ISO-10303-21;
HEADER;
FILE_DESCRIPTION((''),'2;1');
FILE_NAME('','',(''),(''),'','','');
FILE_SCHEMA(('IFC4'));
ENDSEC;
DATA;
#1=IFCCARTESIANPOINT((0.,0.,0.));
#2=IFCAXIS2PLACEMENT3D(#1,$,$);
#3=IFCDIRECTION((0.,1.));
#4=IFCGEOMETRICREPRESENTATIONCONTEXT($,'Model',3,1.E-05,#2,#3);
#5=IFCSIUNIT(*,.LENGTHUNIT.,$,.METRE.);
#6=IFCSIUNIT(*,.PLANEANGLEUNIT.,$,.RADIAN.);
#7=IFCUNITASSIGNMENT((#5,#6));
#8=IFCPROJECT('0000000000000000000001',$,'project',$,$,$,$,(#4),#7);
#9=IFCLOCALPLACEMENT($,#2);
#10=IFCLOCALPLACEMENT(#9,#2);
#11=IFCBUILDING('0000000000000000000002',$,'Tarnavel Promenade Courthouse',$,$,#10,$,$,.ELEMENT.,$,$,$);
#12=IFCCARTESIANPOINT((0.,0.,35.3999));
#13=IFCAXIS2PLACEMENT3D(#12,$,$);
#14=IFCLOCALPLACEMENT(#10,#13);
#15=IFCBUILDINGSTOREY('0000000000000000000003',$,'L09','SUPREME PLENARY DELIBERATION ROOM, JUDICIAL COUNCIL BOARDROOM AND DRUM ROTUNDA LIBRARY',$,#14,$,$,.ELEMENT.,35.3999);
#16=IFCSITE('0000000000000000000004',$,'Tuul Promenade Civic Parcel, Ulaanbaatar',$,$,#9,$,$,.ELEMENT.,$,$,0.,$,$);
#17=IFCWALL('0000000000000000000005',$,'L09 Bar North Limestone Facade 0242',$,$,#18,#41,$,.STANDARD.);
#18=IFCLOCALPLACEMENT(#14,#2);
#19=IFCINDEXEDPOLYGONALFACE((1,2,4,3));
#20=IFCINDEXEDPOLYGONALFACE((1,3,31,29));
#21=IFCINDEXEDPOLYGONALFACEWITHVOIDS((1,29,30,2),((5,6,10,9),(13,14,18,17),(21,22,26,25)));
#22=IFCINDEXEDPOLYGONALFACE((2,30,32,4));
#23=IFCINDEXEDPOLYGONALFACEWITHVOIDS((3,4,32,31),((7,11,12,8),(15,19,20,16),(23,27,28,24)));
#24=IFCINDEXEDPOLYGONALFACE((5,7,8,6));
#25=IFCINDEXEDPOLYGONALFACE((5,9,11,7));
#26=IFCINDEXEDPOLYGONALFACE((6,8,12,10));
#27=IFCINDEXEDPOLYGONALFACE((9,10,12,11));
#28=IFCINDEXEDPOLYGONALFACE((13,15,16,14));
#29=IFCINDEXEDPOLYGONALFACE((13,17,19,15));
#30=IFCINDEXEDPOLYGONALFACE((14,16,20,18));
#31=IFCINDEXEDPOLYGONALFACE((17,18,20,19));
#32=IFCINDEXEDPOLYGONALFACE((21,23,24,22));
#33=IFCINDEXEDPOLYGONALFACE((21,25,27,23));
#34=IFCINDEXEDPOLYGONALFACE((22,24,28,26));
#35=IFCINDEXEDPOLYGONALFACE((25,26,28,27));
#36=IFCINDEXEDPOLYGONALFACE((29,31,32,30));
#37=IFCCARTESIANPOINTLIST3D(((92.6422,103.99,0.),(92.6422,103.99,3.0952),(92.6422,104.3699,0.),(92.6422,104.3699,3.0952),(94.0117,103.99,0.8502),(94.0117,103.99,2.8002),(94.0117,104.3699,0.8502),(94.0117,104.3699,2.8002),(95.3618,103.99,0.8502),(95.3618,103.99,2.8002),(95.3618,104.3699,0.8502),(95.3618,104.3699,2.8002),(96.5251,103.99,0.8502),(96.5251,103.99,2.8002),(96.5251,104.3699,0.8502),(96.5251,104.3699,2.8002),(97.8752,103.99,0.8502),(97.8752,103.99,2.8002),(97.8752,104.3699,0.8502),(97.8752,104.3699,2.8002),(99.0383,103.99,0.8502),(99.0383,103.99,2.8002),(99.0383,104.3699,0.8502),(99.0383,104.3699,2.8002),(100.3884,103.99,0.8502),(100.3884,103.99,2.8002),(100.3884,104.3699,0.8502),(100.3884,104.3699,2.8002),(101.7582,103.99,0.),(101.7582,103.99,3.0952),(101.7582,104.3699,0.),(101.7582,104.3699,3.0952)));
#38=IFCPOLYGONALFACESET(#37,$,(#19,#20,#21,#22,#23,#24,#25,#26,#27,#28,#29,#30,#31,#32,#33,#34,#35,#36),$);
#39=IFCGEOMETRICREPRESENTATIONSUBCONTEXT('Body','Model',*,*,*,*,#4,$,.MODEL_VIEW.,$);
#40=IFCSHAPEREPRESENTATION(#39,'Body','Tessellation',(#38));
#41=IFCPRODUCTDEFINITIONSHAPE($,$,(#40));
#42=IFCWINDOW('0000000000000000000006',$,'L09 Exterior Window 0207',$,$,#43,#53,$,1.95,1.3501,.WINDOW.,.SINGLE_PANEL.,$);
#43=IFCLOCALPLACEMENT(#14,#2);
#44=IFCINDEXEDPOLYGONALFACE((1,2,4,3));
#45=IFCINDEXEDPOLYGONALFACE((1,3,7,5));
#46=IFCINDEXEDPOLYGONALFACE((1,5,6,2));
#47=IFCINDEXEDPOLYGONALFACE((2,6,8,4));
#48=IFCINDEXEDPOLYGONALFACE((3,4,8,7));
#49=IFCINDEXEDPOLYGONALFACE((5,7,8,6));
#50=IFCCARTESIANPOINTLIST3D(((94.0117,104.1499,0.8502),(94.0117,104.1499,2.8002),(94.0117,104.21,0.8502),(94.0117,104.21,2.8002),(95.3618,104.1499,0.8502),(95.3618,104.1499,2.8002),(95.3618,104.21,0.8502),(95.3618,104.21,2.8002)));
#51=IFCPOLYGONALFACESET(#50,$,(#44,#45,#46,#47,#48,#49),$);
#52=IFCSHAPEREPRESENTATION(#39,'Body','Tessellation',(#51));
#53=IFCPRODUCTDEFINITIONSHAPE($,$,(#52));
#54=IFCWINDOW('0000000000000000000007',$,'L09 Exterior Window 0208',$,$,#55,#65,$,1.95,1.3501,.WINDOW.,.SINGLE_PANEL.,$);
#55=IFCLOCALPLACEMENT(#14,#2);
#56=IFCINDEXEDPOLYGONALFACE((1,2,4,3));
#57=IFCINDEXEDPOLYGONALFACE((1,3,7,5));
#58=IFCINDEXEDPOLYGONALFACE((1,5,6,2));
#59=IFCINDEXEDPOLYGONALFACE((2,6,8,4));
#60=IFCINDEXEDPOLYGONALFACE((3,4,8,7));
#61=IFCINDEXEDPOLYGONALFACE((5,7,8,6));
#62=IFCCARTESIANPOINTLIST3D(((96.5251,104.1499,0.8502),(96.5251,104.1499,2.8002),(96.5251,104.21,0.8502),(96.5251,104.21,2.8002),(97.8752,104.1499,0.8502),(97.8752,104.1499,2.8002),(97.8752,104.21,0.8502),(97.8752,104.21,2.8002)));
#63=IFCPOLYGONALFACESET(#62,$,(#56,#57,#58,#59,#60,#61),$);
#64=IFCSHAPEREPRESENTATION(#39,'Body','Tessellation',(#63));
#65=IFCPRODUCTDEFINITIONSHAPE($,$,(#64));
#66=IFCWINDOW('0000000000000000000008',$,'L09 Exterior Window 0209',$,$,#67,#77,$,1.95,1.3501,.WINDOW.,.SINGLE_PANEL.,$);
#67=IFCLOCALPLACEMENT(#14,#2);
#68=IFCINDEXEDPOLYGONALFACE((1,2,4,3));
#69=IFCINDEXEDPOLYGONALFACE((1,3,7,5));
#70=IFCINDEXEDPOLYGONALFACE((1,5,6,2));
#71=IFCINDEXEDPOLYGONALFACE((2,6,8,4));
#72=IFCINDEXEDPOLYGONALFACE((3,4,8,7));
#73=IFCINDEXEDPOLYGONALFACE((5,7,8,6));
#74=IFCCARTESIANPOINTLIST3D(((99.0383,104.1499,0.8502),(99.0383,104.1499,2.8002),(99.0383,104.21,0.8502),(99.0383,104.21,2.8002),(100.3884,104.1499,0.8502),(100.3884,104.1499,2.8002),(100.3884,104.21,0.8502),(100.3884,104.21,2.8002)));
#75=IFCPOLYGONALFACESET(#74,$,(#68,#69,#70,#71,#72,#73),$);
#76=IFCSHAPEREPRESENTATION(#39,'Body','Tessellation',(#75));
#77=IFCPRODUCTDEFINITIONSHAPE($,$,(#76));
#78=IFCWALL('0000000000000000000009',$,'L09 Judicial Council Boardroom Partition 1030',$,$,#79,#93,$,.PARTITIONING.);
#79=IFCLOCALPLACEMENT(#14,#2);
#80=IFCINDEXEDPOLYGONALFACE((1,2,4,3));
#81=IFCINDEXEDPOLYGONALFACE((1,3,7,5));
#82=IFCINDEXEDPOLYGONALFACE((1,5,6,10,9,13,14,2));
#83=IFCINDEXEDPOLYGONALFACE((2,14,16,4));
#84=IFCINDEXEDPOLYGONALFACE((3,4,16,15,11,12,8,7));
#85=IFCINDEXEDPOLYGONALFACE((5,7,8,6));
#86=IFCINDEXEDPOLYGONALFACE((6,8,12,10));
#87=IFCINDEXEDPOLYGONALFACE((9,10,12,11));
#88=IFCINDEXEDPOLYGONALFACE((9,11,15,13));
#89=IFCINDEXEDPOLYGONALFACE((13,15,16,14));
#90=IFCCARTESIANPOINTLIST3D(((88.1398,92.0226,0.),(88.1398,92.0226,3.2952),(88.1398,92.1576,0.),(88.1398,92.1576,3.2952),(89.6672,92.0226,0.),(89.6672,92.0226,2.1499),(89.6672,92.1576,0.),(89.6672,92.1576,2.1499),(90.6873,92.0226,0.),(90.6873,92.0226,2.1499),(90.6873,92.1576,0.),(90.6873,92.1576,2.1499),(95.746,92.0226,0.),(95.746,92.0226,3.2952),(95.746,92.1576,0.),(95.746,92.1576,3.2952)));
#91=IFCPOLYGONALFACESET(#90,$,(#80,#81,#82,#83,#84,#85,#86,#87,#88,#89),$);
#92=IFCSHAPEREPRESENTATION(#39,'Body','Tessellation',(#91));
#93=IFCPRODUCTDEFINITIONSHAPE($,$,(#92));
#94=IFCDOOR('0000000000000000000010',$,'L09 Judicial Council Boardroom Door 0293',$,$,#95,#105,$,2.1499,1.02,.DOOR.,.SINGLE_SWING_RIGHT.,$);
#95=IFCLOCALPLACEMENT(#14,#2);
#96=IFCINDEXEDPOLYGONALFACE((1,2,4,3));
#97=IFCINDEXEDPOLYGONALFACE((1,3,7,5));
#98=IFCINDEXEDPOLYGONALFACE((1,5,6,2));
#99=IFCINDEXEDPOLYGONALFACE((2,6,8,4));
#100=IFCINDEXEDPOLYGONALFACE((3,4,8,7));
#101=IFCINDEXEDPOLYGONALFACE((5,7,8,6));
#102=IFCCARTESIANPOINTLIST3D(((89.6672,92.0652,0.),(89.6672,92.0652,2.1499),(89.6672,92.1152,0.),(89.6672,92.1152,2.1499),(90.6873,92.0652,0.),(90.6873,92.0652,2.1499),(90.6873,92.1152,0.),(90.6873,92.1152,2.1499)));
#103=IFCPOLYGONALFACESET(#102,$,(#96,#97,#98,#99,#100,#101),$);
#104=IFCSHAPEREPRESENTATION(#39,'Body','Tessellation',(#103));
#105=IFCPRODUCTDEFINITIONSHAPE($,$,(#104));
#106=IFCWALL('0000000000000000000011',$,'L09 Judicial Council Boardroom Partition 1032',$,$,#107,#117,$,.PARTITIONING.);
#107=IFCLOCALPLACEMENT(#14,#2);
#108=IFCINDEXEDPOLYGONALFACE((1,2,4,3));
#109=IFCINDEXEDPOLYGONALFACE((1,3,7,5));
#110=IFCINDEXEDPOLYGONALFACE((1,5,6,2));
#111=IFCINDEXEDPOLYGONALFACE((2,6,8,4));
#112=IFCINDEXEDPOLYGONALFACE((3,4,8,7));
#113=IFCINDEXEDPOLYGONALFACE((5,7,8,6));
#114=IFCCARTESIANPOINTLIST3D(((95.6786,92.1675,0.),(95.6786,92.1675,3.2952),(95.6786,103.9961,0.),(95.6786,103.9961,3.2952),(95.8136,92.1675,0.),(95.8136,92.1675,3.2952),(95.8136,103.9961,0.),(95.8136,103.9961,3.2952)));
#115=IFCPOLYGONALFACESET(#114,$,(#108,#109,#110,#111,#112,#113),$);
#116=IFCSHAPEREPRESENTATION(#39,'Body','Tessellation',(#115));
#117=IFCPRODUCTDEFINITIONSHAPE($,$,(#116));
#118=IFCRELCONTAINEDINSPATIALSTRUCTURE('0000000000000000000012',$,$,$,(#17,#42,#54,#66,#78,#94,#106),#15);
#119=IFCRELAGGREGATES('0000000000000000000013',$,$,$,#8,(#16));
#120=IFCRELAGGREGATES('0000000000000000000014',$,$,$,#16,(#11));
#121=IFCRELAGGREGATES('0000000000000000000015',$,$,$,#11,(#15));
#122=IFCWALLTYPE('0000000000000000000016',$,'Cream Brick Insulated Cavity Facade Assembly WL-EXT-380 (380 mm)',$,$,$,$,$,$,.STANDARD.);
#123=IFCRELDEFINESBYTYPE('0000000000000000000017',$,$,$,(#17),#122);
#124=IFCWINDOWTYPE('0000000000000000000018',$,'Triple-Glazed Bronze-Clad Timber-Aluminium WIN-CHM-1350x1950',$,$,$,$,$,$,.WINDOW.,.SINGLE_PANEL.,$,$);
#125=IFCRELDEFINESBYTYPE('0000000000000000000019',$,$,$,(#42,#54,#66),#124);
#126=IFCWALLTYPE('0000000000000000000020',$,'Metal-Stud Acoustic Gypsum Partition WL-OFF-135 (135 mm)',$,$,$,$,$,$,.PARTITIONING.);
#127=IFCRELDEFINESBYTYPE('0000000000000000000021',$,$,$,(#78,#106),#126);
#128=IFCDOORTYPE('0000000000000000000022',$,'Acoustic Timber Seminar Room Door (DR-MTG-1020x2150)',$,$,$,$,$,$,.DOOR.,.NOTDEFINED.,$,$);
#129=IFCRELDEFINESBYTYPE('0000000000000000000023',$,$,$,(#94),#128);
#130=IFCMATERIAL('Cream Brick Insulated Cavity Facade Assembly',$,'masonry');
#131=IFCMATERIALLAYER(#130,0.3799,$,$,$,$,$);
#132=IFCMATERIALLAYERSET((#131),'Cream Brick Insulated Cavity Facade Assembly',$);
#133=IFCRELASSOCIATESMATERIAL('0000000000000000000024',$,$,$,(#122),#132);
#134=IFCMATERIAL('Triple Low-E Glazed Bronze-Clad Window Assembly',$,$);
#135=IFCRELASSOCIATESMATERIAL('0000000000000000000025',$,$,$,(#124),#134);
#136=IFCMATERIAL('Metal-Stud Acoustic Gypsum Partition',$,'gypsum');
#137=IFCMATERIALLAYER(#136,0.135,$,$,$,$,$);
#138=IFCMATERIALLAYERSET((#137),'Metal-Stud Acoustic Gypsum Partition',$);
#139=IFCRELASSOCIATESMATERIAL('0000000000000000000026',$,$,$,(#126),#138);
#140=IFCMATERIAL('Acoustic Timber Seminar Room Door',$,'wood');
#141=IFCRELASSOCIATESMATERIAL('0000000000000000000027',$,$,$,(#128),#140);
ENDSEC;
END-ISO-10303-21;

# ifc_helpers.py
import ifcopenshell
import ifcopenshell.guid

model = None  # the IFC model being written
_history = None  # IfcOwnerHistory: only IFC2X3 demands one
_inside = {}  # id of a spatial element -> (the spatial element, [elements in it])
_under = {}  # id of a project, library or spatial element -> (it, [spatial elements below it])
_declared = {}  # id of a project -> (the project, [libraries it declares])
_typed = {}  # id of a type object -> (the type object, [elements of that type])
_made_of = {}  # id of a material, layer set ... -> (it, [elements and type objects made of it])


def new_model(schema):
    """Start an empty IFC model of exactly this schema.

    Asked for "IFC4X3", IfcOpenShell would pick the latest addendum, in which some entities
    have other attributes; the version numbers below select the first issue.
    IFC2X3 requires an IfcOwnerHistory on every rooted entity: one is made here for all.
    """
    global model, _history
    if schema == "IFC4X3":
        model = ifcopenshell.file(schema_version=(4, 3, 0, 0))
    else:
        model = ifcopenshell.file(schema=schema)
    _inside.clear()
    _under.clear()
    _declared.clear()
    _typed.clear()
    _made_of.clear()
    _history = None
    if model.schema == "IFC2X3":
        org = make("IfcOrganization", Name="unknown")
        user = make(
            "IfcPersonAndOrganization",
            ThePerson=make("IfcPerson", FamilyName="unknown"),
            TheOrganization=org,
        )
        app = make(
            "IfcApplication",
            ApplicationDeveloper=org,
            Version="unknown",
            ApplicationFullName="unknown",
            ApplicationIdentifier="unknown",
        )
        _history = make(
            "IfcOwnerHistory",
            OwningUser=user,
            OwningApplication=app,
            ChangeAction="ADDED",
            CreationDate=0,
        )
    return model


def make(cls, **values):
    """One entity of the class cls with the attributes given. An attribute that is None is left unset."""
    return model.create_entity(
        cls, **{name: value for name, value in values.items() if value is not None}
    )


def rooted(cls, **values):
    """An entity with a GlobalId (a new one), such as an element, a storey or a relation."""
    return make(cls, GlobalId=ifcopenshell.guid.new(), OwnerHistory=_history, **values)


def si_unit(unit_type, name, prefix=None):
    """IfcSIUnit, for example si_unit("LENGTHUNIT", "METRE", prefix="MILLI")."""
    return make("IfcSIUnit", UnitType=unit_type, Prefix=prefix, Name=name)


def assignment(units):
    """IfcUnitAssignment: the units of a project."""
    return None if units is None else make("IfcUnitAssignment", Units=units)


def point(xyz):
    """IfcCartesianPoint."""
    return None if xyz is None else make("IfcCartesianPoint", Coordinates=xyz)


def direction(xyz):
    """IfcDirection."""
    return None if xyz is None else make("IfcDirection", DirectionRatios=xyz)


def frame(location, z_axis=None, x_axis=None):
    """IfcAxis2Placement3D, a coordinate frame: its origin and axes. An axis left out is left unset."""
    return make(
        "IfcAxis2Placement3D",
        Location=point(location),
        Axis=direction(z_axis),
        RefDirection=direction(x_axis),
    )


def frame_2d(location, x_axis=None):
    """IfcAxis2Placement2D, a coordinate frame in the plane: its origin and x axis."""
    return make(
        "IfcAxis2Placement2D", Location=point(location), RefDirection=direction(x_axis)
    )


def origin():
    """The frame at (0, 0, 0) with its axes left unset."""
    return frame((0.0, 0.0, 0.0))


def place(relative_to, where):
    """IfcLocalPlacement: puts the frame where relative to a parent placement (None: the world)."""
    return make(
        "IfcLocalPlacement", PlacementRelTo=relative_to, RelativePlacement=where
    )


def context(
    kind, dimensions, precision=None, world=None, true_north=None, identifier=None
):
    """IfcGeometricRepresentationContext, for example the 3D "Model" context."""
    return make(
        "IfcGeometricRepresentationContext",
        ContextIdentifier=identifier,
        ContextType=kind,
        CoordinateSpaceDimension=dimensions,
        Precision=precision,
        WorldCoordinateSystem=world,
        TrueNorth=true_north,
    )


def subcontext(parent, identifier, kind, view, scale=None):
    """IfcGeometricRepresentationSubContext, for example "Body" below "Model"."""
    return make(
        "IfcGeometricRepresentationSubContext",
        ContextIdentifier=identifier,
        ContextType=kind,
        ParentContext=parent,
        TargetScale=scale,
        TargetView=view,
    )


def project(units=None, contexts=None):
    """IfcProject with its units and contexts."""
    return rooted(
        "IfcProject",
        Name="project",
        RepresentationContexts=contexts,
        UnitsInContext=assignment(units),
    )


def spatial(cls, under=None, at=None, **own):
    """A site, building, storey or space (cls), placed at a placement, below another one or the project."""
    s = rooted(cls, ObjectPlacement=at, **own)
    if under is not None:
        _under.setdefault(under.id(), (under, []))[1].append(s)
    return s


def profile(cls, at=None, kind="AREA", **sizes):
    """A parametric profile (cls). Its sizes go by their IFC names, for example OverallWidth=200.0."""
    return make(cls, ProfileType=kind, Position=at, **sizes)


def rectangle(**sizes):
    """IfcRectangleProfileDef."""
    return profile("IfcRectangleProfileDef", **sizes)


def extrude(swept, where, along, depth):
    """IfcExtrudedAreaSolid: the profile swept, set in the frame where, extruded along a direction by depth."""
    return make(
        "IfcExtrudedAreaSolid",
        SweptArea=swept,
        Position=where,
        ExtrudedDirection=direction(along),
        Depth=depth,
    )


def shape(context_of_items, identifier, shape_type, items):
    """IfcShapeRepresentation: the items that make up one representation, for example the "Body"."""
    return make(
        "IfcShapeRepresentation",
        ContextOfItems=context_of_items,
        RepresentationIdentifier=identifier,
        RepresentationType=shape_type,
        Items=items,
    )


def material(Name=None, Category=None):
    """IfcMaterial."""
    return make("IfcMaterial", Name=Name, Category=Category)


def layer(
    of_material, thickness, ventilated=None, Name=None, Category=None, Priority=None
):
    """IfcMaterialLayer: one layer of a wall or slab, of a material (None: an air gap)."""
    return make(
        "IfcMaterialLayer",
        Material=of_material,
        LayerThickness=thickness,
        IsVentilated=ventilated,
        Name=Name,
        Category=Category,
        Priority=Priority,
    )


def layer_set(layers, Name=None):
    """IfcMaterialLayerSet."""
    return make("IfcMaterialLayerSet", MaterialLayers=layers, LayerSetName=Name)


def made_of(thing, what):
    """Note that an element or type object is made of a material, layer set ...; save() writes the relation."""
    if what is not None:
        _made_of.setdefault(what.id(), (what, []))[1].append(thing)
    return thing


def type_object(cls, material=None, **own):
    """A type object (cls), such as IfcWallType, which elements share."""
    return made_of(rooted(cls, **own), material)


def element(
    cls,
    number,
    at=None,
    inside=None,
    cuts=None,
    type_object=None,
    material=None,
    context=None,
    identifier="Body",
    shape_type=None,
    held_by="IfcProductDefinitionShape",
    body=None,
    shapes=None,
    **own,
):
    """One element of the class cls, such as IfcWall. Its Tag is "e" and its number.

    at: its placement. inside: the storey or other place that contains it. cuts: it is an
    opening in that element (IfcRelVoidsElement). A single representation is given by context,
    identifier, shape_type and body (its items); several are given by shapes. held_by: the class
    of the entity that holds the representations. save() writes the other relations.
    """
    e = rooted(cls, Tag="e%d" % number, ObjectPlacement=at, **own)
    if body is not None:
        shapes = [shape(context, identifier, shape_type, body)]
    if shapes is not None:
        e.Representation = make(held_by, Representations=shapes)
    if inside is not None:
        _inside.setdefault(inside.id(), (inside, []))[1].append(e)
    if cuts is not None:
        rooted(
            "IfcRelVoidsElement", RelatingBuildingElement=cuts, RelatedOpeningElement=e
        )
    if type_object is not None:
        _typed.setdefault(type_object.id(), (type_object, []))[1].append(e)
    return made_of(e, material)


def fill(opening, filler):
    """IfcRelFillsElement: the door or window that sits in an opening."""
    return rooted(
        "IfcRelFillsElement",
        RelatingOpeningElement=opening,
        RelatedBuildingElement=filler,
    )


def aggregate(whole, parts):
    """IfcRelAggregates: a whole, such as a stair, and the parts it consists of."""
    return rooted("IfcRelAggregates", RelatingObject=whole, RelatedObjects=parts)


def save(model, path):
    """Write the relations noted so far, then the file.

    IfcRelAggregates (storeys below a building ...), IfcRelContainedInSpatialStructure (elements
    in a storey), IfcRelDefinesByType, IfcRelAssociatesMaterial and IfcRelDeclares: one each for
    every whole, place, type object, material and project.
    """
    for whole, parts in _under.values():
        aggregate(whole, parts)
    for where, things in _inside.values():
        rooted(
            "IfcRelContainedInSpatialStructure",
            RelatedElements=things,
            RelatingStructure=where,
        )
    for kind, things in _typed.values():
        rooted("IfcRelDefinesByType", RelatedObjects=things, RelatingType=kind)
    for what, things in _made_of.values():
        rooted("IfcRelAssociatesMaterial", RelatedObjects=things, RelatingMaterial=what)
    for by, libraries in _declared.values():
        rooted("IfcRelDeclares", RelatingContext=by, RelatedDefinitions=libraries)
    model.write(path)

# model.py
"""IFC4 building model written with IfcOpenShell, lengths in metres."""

from ifc_helpers import new_model, si_unit, direction, frame, frame_2d, origin, place, context, subcontext, project, spatial, rectangle, extrude, material, layer, layer_set, type_object, element, fill, save


model = new_model("IFC4")

# Units and contexts
model_context = context("Model", 3, precision=1e-05, world=origin(), true_north=direction((0.0, 1.0)))
body_context = subcontext(model_context, "Body", "Model", "MODEL_VIEW")
ifc_project = project(units=[si_unit("LENGTHUNIT", "METRE"), si_unit("PLANEANGLEUNIT", "RADIAN")], contexts=[model_context])

# Site, building, storey
site_placement = place(None, origin())
site = spatial("IfcSite", under=ifc_project, at=site_placement, Name="Tuul Promenade Civic Parcel, Ulaanbaatar", CompositionType="ELEMENT", RefElevation=0.0)
building_placement = place(site_placement, origin())
building = spatial("IfcBuilding", under=site, at=building_placement, Name="Tarnavel Promenade Courthouse", CompositionType="ELEMENT")
storey_placement = place(building_placement, frame((0.0, 0.0, 35.3999)))
storey = spatial("IfcBuildingStorey", under=building, at=storey_placement, Name="L09", Description="SUPREME PLENARY DELIBERATION ROOM, JUDICIAL COUNCIL BOARDROOM AND DRUM ROTUNDA LIBRARY", CompositionType="ELEMENT", Elevation=35.3999)

# Wall, openings, windows
ifc_material_1 = material(Name="Cream Brick Insulated Cavity Facade Assembly", Category="masonry")
ifc_layer_1 = layer(ifc_material_1, 0.3799)
ifc_layer_set_1 = layer_set([ifc_layer_1], Name="Cream Brick Insulated Cavity Facade Assembly")
wall_type_1 = type_object("IfcWallType", Name="Cream Brick Insulated Cavity Facade Assembly WL-EXT-380 (380 mm)", PredefinedType="STANDARD", material=ifc_layer_set_1)
wall_1_placement = place(storey_placement, frame((92.6421, 104.1799, 0.0), z_axis=(0.0, 0.0, 1.0), x_axis=(1.0, 0.0, 0.0)))
wall_1 = element("IfcWall", 1, at=wall_1_placement, inside=storey, type_object=wall_type_1, Name="L09 Bar North Limestone Facade 0242", PredefinedType="STANDARD", context=body_context, shape_type="SweptSolid", body=[
    extrude(rectangle(XDim=9.116, YDim=0.3799, at=frame_2d((4.5581, 0.0))), origin(), (0.0, 0.0, 1.0), 3.0952),
])
opening_1_placement = place(wall_1_placement, frame((1.3696, 0.0, 0.8501)))
opening_1 = element("IfcOpeningElement", 2, at=opening_1_placement, cuts=wall_1, PredefinedType="OPENING", context=body_context, shape_type="SweptSolid", body=[
    extrude(rectangle(XDim=1.3501, YDim=1.95, at=frame_2d((0.675, 0.9751))), frame((0.0, 0.2, 0.0), z_axis=(0.0, -1.0, 0.0), x_axis=(1.0, 0.0, 0.0)), (0.0, 0.0, 1.0), 0.3999),
])
opening_2_placement = place(wall_1_placement, frame((3.8831, 0.0, 0.8501)))
opening_2 = element("IfcOpeningElement", 3, at=opening_2_placement, cuts=wall_1, PredefinedType="OPENING", context=body_context, shape_type="SweptSolid", body=[
    extrude(rectangle(XDim=1.3501, YDim=1.95, at=frame_2d((0.675, 0.9751))), frame((0.0, 0.2, 0.0), z_axis=(0.0, -1.0, 0.0), x_axis=(1.0, 0.0, 0.0)), (0.0, 0.0, 1.0), 0.3999),
])
opening_3_placement = place(wall_1_placement, frame((6.3962, 0.0, 0.8501)))
opening_3 = element("IfcOpeningElement", 4, at=opening_3_placement, cuts=wall_1, PredefinedType="OPENING", context=body_context, shape_type="SweptSolid", body=[
    extrude(rectangle(XDim=1.3501, YDim=1.95, at=frame_2d((0.675, 0.9751))), frame((0.0, 0.2, 0.0), z_axis=(0.0, -1.0, 0.0), x_axis=(1.0, 0.0, 0.0)), (0.0, 0.0, 1.0), 0.3999),
])
ifc_material_2 = material(Name="Triple Low-E Glazed Bronze-Clad Window Assembly")
window_type = type_object("IfcWindowType", Name="Triple-Glazed Bronze-Clad Timber-Aluminium WIN-CHM-1350x1950", PartitioningType="SINGLE_PANEL", PredefinedType="WINDOW", material=ifc_material_2)
window_1_placement = place(opening_1_placement, origin())
window_1 = element("IfcWindow", 5, at=window_1_placement, inside=storey, type_object=window_type, Name="L09 Exterior Window 0207", OverallHeight=1.95, OverallWidth=1.3501, PartitioningType="SINGLE_PANEL", PredefinedType="WINDOW", context=body_context, shape_type="SweptSolid", body=[
    extrude(rectangle(XDim=1.3501, YDim=1.95, at=frame_2d((0.675, 0.9751))), frame((0.0, 0.03, 0.0), z_axis=(0.0, -1.0, 0.0), x_axis=(1.0, 0.0, 0.0)), (0.0, 0.0, 1.0), 0.0601),
])
fill(opening_1, window_1)
window_2_placement = place(opening_2_placement, origin())
window_2 = element("IfcWindow", 6, at=window_2_placement, inside=storey, type_object=window_type, Name="L09 Exterior Window 0208", OverallHeight=1.95, OverallWidth=1.3501, PartitioningType="SINGLE_PANEL", PredefinedType="WINDOW", context=body_context, shape_type="SweptSolid", body=[
    extrude(rectangle(XDim=1.3501, YDim=1.95, at=frame_2d((0.675, 0.9751))), frame((0.0, 0.03, 0.0), z_axis=(0.0, -1.0, 0.0), x_axis=(1.0, 0.0, 0.0)), (0.0, 0.0, 1.0), 0.0601),
])
fill(opening_2, window_2)
window_3_placement = place(opening_3_placement, origin())
window_3 = element("IfcWindow", 7, at=window_3_placement, inside=storey, type_object=window_type, Name="L09 Exterior Window 0209", OverallHeight=1.95, OverallWidth=1.3501, PartitioningType="SINGLE_PANEL", PredefinedType="WINDOW", context=body_context, shape_type="SweptSolid", body=[
    extrude(rectangle(XDim=1.3501, YDim=1.95, at=frame_2d((0.675, 0.9751))), frame((0.0, 0.03, 0.0), z_axis=(0.0, -1.0, 0.0), x_axis=(1.0, 0.0, 0.0)), (0.0, 0.0, 1.0), 0.0601),
])
fill(opening_3, window_3)

# Wall, opening, door
ifc_material_3 = material(Name="Metal-Stud Acoustic Gypsum Partition", Category="gypsum")
ifc_layer_2 = layer(ifc_material_3, 0.135)
ifc_layer_set_2 = layer_set([ifc_layer_2], Name="Metal-Stud Acoustic Gypsum Partition")
wall_type_2 = type_object("IfcWallType", Name="Metal-Stud Acoustic Gypsum Partition WL-OFF-135 (135 mm)", PredefinedType="PARTITIONING", material=ifc_layer_set_2)
wall_2_placement = place(storey_placement, frame((95.7461, 92.0901, 0.0), z_axis=(0.0, 0.0, 1.0), x_axis=(-1.0, 0.0, 0.0)))
wall_2 = element("IfcWall", 8, at=wall_2_placement, inside=storey, type_object=wall_type_2, Name="L09 Judicial Council Boardroom Partition 1030", PredefinedType="PARTITIONING", context=body_context, shape_type="SweptSolid", body=[
    extrude(rectangle(XDim=7.6062, YDim=0.135, at=frame_2d((3.8032, 0.0))), origin(), (0.0, 0.0, 1.0), 3.2952),
])
opening_4_placement = place(wall_2_placement, frame((5.0588, 0.0, 0.0)))
opening_4 = element("IfcOpeningElement", 9, at=opening_4_placement, cuts=wall_2, PredefinedType="OPENING", context=body_context, shape_type="SweptSolid", body=[
    extrude(rectangle(XDim=1.02, YDim=2.1499, at=frame_2d((0.51, 1.075))), frame((0.0, 0.0774, 0.0), z_axis=(0.0, -1.0, 0.0), x_axis=(1.0, 0.0, 0.0)), (0.0, 0.0, 1.0), 0.155),
])
ifc_material_4 = material(Name="Acoustic Timber Seminar Room Door", Category="wood")
door_type_1 = type_object("IfcDoorType", Name="Acoustic Timber Seminar Room Door (DR-MTG-1020x2150)", OperationType="NOTDEFINED", PredefinedType="DOOR", material=ifc_material_4)
door_1_placement = place(opening_4_placement, origin())
door_1 = element("IfcDoor", 10, at=door_1_placement, inside=storey, type_object=door_type_1, Name="L09 Judicial Council Boardroom Door 0293", OperationType="SINGLE_SWING_RIGHT", OverallHeight=2.1499, OverallWidth=1.02, PredefinedType="DOOR", context=body_context, shape_type="SweptSolid", body=[
    extrude(rectangle(XDim=1.02, YDim=2.1499, at=frame_2d((0.51, 1.075))), frame((0.0, 0.0249, 0.0), z_axis=(0.0, -1.0, 0.0), x_axis=(1.0, 0.0, 0.0)), (0.0, 0.0, 1.0), 0.05),
])
fill(opening_4, door_1)

# Wall
wall_3_placement = place(storey_placement, frame((95.7461, 103.9961, 0.0), z_axis=(0.0, 0.0, 1.0), x_axis=(0.0, -1.0, 0.0)))
element("IfcWall", 11, at=wall_3_placement, inside=storey, type_object=wall_type_2, Name="L09 Judicial Council Boardroom Partition 1032", PredefinedType="PARTITIONING", context=body_context, shape_type="SweptSolid", body=[
    extrude(rectangle(XDim=11.8286, YDim=0.135, at=frame_2d((5.9143, 0.0))), origin(), (0.0, 0.0, 1.0), 3.2952),
])

save(model, "model.ifc")
